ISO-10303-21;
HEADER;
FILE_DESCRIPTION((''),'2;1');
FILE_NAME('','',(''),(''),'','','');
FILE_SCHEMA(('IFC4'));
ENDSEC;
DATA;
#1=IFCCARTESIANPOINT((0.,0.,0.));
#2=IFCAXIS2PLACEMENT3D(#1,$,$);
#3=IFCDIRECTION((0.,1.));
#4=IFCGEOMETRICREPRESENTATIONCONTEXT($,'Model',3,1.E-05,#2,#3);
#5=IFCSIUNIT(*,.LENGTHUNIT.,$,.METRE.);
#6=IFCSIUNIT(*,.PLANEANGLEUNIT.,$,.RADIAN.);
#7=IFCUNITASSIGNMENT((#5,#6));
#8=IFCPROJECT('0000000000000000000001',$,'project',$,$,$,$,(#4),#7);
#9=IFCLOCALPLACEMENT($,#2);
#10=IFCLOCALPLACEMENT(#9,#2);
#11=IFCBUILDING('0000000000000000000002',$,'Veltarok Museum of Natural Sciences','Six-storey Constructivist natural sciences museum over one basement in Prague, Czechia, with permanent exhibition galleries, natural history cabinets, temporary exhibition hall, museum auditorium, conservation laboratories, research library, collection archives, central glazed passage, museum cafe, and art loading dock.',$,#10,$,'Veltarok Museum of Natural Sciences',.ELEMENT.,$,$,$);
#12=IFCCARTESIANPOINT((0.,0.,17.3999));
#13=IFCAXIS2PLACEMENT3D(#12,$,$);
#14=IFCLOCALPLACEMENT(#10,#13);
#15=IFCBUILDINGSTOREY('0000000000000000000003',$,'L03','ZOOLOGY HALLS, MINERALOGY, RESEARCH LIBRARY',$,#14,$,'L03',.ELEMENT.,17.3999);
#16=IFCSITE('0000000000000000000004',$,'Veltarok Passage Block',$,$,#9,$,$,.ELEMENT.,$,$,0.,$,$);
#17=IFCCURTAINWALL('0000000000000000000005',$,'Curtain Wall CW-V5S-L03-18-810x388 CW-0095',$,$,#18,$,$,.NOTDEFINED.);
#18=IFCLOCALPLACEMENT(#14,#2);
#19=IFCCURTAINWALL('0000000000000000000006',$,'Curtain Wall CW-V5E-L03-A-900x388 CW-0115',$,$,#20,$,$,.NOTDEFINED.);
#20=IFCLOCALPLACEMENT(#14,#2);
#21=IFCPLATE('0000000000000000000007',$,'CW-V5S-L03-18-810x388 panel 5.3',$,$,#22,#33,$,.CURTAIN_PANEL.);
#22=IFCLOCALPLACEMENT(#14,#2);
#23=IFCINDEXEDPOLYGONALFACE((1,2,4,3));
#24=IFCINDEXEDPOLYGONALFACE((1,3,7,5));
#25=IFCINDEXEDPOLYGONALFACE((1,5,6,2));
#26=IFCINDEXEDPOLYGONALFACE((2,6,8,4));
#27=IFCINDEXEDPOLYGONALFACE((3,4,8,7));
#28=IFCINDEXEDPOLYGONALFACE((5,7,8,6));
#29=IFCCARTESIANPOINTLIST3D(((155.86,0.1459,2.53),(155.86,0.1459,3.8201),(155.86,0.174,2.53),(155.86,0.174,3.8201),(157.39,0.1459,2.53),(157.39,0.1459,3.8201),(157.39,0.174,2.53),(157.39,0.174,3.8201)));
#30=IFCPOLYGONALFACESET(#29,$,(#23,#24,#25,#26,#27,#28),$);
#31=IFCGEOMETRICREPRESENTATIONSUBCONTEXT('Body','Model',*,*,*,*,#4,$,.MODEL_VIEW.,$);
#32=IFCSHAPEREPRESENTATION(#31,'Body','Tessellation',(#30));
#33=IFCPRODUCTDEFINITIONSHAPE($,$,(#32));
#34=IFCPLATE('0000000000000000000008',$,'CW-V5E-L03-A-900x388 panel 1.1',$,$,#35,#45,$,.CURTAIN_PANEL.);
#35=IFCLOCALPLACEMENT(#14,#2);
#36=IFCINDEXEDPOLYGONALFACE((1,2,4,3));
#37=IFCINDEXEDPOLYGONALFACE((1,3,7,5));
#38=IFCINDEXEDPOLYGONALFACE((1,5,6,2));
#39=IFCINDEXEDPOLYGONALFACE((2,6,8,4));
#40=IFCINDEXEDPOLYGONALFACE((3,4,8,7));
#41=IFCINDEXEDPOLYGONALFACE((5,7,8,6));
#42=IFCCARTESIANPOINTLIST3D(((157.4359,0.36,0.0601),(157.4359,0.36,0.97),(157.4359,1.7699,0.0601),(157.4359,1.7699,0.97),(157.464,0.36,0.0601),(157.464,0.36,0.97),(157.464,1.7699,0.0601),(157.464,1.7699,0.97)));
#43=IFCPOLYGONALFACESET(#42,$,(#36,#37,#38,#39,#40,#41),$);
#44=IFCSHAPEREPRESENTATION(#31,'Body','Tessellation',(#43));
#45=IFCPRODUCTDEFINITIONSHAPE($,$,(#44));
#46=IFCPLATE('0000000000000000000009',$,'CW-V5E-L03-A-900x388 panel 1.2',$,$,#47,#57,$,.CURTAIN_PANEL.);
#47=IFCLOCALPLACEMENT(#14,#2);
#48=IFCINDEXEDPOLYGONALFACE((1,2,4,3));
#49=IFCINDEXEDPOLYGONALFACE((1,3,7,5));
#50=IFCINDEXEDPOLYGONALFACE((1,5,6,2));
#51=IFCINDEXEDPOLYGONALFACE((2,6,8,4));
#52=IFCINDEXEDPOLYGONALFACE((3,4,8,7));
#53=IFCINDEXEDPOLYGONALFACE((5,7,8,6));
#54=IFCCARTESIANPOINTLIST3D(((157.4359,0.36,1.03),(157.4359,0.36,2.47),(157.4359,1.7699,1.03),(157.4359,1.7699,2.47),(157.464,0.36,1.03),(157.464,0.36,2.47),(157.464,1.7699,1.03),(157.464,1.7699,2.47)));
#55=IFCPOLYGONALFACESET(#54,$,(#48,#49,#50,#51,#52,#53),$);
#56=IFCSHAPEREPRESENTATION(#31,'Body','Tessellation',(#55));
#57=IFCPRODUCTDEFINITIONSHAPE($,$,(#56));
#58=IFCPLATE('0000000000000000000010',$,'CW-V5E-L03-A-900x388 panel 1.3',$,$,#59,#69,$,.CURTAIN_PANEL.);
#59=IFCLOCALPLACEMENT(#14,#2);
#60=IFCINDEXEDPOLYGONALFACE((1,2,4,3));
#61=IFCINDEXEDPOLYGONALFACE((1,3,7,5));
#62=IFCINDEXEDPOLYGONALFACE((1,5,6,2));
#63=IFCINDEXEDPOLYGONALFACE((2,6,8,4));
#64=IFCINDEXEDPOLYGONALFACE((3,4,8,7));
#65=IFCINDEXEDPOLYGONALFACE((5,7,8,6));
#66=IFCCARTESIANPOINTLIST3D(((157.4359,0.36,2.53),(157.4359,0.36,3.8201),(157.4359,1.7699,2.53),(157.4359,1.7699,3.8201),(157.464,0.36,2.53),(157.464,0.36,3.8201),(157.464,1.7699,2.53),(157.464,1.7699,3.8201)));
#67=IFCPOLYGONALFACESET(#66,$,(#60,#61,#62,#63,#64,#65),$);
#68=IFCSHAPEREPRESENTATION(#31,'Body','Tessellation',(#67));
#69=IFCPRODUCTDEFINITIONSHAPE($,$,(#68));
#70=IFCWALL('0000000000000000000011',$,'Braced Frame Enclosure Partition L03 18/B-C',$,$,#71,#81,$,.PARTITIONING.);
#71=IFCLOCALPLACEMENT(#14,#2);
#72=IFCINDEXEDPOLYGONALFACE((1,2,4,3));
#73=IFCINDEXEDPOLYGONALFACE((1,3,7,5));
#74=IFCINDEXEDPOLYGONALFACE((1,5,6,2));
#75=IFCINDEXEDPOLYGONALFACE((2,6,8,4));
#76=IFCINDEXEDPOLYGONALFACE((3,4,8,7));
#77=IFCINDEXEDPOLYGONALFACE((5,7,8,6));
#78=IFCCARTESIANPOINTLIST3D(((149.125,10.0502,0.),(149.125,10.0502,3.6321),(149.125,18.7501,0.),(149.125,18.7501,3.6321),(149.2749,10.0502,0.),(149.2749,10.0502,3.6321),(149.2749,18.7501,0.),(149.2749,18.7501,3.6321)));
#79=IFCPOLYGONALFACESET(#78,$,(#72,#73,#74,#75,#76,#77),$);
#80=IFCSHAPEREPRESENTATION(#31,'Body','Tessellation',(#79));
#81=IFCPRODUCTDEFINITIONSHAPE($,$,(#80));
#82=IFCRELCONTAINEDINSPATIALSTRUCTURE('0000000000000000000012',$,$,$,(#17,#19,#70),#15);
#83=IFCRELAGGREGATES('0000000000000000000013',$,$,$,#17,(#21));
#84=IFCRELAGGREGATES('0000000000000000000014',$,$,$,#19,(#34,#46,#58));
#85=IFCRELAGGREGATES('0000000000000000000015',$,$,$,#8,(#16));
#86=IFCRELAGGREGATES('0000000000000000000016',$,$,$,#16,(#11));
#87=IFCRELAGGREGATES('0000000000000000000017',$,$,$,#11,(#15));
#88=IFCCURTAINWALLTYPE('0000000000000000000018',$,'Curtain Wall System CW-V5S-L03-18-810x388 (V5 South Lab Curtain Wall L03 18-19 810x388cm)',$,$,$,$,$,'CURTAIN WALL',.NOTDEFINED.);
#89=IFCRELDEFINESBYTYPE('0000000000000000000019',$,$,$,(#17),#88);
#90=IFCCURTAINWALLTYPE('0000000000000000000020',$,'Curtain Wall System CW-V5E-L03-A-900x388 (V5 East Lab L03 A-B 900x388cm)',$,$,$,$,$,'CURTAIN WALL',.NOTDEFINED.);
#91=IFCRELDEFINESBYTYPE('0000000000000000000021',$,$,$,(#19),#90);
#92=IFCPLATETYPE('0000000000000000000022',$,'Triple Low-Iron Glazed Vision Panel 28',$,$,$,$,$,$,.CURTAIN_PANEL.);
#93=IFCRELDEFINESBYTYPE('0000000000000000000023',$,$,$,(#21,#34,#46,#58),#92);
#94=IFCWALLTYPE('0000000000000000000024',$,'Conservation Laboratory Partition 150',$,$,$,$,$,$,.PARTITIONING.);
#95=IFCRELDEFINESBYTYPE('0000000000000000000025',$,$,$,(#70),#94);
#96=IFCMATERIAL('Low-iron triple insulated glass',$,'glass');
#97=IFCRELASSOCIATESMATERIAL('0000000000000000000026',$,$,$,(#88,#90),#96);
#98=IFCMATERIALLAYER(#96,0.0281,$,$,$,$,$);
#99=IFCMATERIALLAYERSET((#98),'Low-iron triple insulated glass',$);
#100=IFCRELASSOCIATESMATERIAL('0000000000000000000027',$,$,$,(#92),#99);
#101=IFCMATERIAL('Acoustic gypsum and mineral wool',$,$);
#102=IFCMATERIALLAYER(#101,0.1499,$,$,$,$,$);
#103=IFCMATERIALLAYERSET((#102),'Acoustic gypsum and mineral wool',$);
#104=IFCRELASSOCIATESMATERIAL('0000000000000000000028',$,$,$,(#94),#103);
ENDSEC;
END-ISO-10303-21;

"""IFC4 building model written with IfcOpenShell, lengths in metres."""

from ifc_helpers import new_model, si_unit, direction, frame, frame_2d, origin, origin_2d, place, context, subcontext, project, spatial, rectangle, extrude, material, layer, layer_set, type_object, element, aggregate, save


model = new_model("IFC4")

# Units and contexts
model_context = context("Model", 3, precision=1e-05, world=origin(), true_north=direction((0.0, 1.0)))
body_context = subcontext(model_context, "Body", "Model", "MODEL_VIEW")
ifc_project = project(units=[si_unit("LENGTHUNIT", "METRE"), si_unit("PLANEANGLEUNIT", "RADIAN")], contexts=[model_context])

# Site, building, storey
site_placement = place(None, origin())
site = spatial("IfcSite", under=ifc_project, at=site_placement, Name="Veltarok Passage Block", CompositionType="ELEMENT", RefElevation=0.0)
building_placement = place(site_placement, origin())
building = spatial("IfcBuilding", under=site, at=building_placement, Name="Veltarok Museum of Natural Sciences", Description="Six-storey Constructivist natural sciences museum over one basement in Prague, Czechia, with permanent exhibition galleries, natural history cabinets, temporary exhibition hall, museum auditorium, conservation laboratories, research library, collection archives, central glazed passage, museum cafe, and art loading dock.", LongName="Veltarok Museum of Natural Sciences", CompositionType="ELEMENT")
storey_placement = place(building_placement, frame((0.0, 0.0, 17.3999)))
storey = spatial("IfcBuildingStorey", under=building, at=storey_placement, Name="L03", Description="ZOOLOGY HALLS, MINERALOGY, RESEARCH LIBRARY", LongName="L03", CompositionType="ELEMENT", Elevation=17.3999)

# Curtain walls
ifc_material_1 = material(Name="Low-iron triple insulated glass", Category="glass")
curtain_wall_type_1 = type_object("IfcCurtainWallType", Name="Curtain Wall System CW-V5S-L03-18-810x388 (V5 South Lab Curtain Wall L03 18-19 810x388cm)", ElementType="CURTAIN WALL", PredefinedType="NOTDEFINED", material=ifc_material_1)
curtain_wall_1_placement = place(storey_placement, origin())
curtain_wall_1 = element("IfcCurtainWall", 1, at=curtain_wall_1_placement, inside=storey, type_object=curtain_wall_type_1, Name="Curtain Wall CW-V5S-L03-18-810x388 CW-0095", PredefinedType="NOTDEFINED")
curtain_wall_type_2 = type_object("IfcCurtainWallType", Name="Curtain Wall System CW-V5E-L03-A-900x388 (V5 East Lab L03 A-B 900x388cm)", ElementType="CURTAIN WALL", PredefinedType="NOTDEFINED", material=ifc_material_1)
curtain_wall_2_placement = place(storey_placement, origin())
curtain_wall_2 = element("IfcCurtainWall", 2, at=curtain_wall_2_placement, inside=storey, type_object=curtain_wall_type_2, Name="Curtain Wall CW-V5E-L03-A-900x388 CW-0115", PredefinedType="NOTDEFINED")

# Plates
ifc_layer_1 = layer(ifc_material_1, 0.0281)
ifc_layer_set_1 = layer_set([ifc_layer_1], Name="Low-iron triple insulated glass")
plate_type_1 = type_object("IfcPlateType", Name="Triple Low-Iron Glazed Vision Panel 28", PredefinedType="CURTAIN_PANEL", material=ifc_layer_set_1)
plate_1_placement = place(storey_placement, frame((156.625, 0.1599, 2.53), z_axis=(0.0, 0.0, 1.0), x_axis=(1.0, 0.0, 0.0)))
plate_1 = element("IfcPlate", 3, at=plate_1_placement, type_object=plate_type_1, Name="CW-V5S-L03-18-810x388 panel 5.3", PredefinedType="CURTAIN_PANEL", context=body_context, shape_type="SweptSolid", body=[
    extrude(rectangle(XDim=1.53, YDim=0.0281, at=origin_2d()), origin(), (0.0, 0.0, 1.0), 1.29),
])
aggregate(curtain_wall_1, [plate_1])
plate_2_placement = place(storey_placement, frame((157.45, 1.0649, 0.0601), z_axis=(0.0, 0.0, 1.0), x_axis=(0.0, 1.0, 0.0)))
plate_2 = element("IfcPlate", 4, at=plate_2_placement, type_object=plate_type_1, Name="CW-V5E-L03-A-900x388 panel 1.1", PredefinedType="CURTAIN_PANEL", context=body_context, shape_type="SweptSolid", body=[
    extrude(rectangle(XDim=1.4099, YDim=0.0281, at=origin_2d()), origin(), (0.0, 0.0, 1.0), 0.9099),
])
plate_3_placement = place(storey_placement, frame((157.45, 1.0649, 1.03), z_axis=(0.0, 0.0, 1.0), x_axis=(0.0, 1.0, 0.0)))
plate_3 = element("IfcPlate", 5, at=plate_3_placement, type_object=plate_type_1, Name="CW-V5E-L03-A-900x388 panel 1.2", PredefinedType="CURTAIN_PANEL", context=body_context, shape_type="SweptSolid", body=[
    extrude(rectangle(XDim=1.4099, YDim=0.0281, at=origin_2d()), origin(), (0.0, 0.0, 1.0), 1.4399),
])
plate_4_placement = place(storey_placement, frame((157.45, 1.0649, 2.53), z_axis=(0.0, 0.0, 1.0), x_axis=(0.0, 1.0, 0.0)))
plate_4 = element("IfcPlate", 6, at=plate_4_placement, type_object=plate_type_1, Name="CW-V5E-L03-A-900x388 panel 1.3", PredefinedType="CURTAIN_PANEL", context=body_context, shape_type="SweptSolid", body=[
    extrude(rectangle(XDim=1.4099, YDim=0.0281, at=origin_2d()), origin(), (0.0, 0.0, 1.0), 1.29),
])
aggregate(curtain_wall_2, [plate_2, plate_3, plate_4])

# Wall
ifc_material_2 = material(Name="Acoustic gypsum and mineral wool")
ifc_layer_2 = layer(ifc_material_2, 0.1499)
ifc_layer_set_2 = layer_set([ifc_layer_2], Name="Acoustic gypsum and mineral wool")
wall_type = type_object("IfcWallType", Name="Conservation Laboratory Partition 150", PredefinedType="PARTITIONING", material=ifc_layer_set_2)
wall_placement = place(storey_placement, frame((149.2, 10.05, 0.0), z_axis=(0.0, 0.0, 1.0), x_axis=(0.0, 1.0, 0.0)))
element("IfcWall", 7, at=wall_placement, inside=storey, type_object=wall_type, Name="Braced Frame Enclosure Partition L03 18/B-C", PredefinedType="PARTITIONING", context=body_context, shape_type="SweptSolid", body=[
    extrude(rectangle(XDim=8.7, YDim=0.1499, at=frame_2d((4.3501, 0.0))), origin(), (0.0, 0.0, 1.0), 3.6321),
])

save(model, "model.ifc")
